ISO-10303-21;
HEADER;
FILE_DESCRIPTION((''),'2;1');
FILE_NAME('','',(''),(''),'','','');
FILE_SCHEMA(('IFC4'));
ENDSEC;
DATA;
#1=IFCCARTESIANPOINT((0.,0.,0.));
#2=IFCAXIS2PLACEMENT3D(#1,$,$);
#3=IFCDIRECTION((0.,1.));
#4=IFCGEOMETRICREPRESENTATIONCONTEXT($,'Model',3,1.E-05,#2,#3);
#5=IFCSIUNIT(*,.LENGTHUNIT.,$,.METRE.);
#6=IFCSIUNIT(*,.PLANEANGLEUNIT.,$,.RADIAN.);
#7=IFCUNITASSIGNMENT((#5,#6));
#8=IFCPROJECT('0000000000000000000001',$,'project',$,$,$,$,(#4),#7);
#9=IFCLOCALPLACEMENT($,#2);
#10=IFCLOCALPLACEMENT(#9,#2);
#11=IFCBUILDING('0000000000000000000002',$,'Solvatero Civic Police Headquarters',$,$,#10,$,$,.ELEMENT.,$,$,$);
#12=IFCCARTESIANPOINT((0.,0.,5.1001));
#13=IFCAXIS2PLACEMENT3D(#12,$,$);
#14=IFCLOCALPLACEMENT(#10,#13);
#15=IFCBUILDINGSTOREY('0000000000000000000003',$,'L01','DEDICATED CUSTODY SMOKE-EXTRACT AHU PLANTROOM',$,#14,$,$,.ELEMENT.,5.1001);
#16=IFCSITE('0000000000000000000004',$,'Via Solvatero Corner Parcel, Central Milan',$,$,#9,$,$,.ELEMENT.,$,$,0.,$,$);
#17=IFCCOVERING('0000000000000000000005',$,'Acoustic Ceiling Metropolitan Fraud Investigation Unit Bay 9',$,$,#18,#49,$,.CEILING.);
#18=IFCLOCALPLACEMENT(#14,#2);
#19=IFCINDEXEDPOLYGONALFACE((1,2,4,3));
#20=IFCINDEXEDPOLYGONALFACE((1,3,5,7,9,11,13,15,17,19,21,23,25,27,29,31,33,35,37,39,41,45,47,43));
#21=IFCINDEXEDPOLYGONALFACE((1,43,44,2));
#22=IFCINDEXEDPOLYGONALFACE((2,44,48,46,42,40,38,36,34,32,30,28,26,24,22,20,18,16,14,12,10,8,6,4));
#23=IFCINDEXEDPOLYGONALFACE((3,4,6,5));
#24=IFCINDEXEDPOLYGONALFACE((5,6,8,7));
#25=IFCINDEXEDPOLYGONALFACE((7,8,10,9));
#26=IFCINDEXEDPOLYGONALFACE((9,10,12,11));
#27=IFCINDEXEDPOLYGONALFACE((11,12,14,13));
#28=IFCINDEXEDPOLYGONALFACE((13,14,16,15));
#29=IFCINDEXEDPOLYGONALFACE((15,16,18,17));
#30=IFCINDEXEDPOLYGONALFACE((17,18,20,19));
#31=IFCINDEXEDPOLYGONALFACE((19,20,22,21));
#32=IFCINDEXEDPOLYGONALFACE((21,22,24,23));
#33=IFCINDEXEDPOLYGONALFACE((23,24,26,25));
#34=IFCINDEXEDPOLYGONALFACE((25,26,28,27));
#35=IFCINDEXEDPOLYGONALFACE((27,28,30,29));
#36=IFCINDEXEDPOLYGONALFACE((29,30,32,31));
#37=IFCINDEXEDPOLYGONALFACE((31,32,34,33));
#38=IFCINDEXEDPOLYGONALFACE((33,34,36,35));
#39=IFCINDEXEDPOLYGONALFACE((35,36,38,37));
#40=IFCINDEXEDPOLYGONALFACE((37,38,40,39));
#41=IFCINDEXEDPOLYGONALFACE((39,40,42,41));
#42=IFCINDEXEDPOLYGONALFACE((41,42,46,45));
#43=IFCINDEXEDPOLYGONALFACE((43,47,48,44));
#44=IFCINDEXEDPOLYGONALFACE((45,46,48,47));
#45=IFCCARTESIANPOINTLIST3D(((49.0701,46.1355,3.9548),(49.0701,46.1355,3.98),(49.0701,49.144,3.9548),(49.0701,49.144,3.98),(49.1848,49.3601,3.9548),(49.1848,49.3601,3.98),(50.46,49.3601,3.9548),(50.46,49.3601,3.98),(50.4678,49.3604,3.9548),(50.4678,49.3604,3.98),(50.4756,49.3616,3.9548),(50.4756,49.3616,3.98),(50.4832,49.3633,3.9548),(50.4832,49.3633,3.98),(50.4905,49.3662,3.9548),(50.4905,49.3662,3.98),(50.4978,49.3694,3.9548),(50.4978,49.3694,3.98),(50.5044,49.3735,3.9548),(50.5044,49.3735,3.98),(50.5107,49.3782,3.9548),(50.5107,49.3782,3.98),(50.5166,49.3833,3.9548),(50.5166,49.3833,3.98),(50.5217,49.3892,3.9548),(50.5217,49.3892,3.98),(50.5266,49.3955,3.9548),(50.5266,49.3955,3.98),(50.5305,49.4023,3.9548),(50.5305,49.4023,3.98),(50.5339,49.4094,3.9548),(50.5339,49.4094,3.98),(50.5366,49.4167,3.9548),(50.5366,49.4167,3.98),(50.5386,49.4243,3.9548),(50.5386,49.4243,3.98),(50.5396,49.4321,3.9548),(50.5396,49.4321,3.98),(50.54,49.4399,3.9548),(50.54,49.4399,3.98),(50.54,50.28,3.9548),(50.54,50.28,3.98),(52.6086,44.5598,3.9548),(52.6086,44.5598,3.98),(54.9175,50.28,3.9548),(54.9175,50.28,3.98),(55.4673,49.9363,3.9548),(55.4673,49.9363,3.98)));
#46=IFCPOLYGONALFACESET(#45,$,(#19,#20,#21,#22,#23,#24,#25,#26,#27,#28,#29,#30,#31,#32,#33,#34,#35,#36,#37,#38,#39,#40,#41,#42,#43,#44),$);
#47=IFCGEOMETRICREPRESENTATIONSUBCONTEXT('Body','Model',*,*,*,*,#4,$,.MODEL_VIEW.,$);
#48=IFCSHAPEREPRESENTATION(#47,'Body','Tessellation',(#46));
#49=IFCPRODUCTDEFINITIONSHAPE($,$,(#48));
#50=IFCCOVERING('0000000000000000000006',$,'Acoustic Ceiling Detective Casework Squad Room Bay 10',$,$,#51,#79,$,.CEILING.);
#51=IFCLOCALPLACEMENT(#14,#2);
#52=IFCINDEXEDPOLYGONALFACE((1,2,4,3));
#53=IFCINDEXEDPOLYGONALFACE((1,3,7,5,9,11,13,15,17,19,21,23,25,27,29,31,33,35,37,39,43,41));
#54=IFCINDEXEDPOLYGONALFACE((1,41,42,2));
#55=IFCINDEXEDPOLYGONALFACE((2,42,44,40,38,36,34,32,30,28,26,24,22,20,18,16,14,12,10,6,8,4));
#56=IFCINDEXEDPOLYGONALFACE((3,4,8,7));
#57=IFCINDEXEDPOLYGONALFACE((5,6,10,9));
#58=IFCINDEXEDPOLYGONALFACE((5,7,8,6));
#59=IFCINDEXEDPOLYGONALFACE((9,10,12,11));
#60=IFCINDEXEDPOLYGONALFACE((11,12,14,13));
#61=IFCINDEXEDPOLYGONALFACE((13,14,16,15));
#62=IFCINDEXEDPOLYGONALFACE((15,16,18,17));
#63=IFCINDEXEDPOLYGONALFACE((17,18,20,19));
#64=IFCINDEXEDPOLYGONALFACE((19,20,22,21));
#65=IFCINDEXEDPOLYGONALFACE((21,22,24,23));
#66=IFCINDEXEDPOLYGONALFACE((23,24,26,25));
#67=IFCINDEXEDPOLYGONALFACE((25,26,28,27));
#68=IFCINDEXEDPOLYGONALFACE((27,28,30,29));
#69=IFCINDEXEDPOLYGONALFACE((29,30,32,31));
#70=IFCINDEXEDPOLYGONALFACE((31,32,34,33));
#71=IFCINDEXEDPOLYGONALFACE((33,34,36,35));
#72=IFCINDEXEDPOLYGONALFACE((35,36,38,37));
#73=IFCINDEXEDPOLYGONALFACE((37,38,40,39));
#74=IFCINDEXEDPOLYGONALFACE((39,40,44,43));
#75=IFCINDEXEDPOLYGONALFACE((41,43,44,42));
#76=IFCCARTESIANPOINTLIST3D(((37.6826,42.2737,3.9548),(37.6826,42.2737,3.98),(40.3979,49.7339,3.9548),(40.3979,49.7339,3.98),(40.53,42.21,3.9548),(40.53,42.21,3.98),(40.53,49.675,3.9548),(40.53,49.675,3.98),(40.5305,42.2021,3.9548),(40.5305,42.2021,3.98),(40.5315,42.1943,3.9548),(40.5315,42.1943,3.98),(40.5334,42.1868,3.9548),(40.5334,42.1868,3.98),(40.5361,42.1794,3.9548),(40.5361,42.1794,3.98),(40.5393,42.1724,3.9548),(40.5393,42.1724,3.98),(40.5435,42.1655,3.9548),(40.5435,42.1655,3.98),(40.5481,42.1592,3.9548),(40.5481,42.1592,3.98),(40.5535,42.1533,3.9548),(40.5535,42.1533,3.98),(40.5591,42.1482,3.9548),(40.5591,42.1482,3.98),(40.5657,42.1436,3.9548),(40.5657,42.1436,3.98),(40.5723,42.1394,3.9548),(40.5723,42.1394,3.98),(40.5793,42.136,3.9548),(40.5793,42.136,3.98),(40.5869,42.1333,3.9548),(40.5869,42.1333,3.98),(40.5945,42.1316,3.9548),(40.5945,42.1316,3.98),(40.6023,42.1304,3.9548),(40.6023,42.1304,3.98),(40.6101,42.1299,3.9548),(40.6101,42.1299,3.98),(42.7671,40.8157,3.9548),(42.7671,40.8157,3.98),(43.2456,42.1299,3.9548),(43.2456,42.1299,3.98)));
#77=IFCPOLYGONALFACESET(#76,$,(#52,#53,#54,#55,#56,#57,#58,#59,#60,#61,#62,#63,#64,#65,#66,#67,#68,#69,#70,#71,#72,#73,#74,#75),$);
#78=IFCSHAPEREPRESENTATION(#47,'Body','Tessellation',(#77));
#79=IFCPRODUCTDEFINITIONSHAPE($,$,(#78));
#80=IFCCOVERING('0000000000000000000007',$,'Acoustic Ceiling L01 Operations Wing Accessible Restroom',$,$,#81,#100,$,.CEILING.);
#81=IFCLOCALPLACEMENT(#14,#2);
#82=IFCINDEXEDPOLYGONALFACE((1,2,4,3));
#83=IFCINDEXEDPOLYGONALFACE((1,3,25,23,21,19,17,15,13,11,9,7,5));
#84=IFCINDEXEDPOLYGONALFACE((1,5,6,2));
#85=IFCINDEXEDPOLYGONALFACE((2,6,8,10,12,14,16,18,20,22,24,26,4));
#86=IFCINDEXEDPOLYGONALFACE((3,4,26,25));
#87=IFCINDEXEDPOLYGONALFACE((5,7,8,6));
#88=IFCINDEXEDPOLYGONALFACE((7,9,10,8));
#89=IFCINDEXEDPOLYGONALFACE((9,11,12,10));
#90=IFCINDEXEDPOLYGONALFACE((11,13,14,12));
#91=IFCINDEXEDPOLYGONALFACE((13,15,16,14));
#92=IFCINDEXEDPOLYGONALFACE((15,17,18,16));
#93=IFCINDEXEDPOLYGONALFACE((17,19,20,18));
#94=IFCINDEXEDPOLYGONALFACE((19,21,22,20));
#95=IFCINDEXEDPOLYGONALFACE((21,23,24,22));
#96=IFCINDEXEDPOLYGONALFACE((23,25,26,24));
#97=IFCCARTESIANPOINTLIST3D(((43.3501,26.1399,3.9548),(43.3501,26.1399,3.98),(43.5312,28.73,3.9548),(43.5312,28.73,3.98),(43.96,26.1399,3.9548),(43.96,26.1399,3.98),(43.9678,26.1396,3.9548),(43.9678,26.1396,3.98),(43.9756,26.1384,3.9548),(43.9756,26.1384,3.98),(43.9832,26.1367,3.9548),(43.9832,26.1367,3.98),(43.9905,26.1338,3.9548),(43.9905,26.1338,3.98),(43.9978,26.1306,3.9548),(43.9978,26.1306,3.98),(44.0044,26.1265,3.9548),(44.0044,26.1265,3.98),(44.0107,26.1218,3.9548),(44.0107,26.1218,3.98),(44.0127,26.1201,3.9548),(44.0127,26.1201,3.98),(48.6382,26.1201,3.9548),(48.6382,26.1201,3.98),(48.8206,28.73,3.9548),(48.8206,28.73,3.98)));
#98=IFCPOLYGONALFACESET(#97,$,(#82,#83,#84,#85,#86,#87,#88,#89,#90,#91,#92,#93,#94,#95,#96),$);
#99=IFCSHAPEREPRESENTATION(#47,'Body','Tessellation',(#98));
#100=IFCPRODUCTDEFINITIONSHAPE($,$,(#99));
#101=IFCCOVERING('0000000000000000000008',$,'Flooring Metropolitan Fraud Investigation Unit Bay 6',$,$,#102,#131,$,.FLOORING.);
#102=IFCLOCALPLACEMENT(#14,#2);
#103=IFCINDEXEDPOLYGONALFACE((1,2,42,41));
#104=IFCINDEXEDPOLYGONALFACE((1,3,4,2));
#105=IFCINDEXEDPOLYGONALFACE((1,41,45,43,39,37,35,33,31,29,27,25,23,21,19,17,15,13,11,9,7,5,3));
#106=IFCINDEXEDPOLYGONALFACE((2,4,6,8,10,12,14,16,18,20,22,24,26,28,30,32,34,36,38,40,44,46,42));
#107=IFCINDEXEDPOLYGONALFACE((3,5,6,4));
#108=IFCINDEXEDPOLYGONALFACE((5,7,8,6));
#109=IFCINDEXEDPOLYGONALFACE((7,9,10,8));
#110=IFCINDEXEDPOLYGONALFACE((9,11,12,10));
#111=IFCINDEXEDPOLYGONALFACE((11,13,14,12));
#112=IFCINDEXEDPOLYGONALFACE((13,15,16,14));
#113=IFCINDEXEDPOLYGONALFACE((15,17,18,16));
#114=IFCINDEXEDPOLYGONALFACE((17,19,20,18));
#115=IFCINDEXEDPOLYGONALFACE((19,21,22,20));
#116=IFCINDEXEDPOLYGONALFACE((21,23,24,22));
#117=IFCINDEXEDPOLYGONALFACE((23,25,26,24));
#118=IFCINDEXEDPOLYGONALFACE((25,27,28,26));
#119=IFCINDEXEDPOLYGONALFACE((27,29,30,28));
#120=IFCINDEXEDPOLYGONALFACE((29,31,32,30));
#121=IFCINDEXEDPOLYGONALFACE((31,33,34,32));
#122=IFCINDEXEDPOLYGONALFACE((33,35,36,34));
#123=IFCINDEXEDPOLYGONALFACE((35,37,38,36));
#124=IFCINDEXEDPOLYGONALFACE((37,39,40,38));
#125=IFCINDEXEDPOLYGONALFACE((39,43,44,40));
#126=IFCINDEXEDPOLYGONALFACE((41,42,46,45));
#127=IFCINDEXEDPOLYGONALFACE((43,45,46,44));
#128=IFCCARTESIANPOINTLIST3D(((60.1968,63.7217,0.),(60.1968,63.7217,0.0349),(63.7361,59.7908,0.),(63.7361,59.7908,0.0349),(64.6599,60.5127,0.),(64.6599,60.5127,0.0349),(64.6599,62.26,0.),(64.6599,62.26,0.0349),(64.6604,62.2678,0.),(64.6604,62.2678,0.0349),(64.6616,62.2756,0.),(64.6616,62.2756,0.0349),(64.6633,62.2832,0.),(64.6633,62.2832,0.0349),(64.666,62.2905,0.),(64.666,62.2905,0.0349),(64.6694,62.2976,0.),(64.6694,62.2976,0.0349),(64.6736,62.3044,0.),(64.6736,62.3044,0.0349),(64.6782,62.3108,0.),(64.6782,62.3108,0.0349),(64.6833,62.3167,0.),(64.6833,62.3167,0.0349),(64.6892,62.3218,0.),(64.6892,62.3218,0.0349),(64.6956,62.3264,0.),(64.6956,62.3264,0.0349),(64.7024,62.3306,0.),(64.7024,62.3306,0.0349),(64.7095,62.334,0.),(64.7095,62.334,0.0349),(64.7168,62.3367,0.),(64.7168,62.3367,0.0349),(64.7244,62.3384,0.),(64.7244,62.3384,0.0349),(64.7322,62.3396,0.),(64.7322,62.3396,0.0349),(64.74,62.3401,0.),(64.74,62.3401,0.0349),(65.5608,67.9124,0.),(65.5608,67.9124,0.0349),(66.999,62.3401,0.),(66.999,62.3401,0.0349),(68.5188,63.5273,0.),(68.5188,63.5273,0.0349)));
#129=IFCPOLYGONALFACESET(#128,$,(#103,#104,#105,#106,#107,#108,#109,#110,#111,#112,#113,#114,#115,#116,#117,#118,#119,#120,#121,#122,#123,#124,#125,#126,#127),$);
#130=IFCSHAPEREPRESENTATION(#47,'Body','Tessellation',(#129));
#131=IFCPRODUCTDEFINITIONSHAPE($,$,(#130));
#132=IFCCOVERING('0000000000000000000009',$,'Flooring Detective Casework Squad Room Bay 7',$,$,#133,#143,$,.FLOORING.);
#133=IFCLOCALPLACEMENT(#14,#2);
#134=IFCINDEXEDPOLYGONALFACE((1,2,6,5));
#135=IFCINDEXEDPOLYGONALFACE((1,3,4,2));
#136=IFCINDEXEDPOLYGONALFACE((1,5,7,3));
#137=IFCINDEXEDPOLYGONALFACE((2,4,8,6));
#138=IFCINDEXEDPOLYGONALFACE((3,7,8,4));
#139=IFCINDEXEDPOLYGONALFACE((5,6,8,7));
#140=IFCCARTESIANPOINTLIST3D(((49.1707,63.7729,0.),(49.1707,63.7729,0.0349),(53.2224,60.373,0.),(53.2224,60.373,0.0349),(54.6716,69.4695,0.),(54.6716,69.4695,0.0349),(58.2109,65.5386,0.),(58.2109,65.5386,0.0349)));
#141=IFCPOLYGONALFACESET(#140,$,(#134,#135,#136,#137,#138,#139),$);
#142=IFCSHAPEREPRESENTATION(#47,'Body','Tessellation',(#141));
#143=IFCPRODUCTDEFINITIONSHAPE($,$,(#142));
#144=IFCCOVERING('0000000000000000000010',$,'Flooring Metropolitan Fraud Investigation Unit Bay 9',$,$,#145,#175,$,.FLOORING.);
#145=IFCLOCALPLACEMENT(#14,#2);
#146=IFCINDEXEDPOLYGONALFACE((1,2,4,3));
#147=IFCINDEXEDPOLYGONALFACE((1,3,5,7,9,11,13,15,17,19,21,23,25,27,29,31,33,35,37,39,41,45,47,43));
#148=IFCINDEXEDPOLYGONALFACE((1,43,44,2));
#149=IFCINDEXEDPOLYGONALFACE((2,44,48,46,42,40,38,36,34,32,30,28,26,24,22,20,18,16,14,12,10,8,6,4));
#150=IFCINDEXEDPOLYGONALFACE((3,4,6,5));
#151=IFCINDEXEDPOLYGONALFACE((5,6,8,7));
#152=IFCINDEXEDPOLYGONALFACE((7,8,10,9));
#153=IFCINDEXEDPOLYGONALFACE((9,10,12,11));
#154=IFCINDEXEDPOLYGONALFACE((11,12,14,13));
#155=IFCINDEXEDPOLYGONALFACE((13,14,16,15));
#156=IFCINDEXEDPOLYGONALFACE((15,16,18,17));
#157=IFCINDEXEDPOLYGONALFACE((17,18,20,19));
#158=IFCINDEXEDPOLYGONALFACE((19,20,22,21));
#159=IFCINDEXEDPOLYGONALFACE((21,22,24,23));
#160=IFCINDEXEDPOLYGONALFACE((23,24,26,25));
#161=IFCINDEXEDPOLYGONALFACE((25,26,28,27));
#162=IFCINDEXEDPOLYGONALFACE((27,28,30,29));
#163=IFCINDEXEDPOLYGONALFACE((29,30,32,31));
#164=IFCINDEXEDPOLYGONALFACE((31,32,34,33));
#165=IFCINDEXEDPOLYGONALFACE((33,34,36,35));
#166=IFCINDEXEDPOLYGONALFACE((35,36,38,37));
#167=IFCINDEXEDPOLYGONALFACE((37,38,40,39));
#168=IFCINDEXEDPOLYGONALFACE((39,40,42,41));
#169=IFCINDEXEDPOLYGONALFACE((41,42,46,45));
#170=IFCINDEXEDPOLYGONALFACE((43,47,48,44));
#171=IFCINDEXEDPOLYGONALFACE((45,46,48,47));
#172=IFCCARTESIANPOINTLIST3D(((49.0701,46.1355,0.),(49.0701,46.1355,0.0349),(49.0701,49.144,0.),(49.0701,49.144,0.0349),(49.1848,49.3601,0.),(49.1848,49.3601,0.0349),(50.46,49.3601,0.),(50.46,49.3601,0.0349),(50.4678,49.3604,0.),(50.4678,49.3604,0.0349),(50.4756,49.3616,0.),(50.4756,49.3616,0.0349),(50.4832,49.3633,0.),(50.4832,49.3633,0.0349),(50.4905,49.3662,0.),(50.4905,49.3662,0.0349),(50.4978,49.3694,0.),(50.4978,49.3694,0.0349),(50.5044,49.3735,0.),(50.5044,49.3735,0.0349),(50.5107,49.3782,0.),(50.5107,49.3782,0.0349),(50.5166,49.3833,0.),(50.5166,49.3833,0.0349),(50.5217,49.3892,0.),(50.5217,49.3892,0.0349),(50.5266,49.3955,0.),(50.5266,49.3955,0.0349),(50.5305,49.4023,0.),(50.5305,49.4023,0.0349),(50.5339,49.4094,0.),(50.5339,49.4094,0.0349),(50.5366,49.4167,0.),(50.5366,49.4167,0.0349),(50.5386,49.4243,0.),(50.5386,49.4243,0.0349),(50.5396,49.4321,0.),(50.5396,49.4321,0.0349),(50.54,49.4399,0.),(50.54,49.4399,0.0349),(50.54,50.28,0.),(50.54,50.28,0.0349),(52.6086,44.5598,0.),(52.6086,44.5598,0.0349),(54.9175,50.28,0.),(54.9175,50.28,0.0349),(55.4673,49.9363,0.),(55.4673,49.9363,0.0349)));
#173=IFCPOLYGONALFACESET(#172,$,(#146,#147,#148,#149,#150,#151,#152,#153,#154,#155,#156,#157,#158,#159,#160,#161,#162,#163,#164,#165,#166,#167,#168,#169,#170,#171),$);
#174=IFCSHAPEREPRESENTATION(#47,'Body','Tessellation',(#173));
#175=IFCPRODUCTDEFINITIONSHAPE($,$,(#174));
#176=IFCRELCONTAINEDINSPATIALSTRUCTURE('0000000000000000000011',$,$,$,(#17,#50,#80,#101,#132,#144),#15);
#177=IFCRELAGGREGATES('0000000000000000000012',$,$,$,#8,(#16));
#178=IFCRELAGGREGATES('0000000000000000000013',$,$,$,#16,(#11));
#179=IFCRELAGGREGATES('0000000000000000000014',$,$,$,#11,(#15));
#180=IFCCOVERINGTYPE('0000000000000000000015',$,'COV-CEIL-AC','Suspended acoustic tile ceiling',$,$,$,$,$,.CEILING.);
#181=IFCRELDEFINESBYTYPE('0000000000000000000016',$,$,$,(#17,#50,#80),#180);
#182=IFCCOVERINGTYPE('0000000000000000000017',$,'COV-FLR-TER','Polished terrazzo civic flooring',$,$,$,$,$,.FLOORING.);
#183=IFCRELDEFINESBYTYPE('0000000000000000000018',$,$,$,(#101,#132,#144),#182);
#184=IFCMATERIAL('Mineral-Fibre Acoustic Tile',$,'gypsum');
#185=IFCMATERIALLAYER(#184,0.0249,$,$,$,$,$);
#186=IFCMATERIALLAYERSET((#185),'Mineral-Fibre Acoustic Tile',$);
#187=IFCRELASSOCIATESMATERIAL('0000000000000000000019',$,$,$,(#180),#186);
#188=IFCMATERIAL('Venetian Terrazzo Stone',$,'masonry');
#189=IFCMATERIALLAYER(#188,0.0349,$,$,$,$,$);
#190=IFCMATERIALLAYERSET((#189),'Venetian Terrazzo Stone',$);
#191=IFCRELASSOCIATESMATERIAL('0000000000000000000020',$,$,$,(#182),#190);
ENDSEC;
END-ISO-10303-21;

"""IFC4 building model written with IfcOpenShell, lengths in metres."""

from ifc_helpers import new_model, si_unit, direction, frame, origin, place, context, subcontext, project, spatial, polyline, outline, extrude, material, layer, layer_set, type_object, element, save


model = new_model("IFC4")

# Units and contexts
model_context = context("Model", 3, precision=1e-05, world=origin(), true_north=direction((0.0, 1.0)))
body_context = subcontext(model_context, "Body", "Model", "MODEL_VIEW")
ifc_project = project(units=[si_unit("LENGTHUNIT", "METRE"), si_unit("PLANEANGLEUNIT", "RADIAN")], contexts=[model_context])

# Site, building, storey
site_placement = place(None, origin())
site = spatial("IfcSite", under=ifc_project, at=site_placement, Name="Via Solvatero Corner Parcel, Central Milan", CompositionType="ELEMENT", RefElevation=0.0)
building_placement = place(site_placement, origin())
building = spatial("IfcBuilding", under=site, at=building_placement, Name="Solvatero Civic Police Headquarters", CompositionType="ELEMENT")
storey_placement = place(building_placement, frame((0.0, 0.0, 5.1001)))
storey = spatial("IfcBuildingStorey", under=building, at=storey_placement, Name="L01", Description="DEDICATED CUSTODY SMOKE-EXTRACT AHU PLANTROOM", CompositionType="ELEMENT", Elevation=5.1001)

# Coverings
ifc_material_1 = material(Name="Mineral-Fibre Acoustic Tile", Category="gypsum")
ifc_layer_1 = layer(ifc_material_1, 0.0249)
ifc_layer_set_1 = layer_set([ifc_layer_1], Name="Mineral-Fibre Acoustic Tile")
covering_type_1 = type_object("IfcCoveringType", Name="COV-CEIL-AC", Description="Suspended acoustic tile ceiling", PredefinedType="CEILING", material=ifc_layer_set_1)
covering_1_placement = place(storey_placement, frame((0.0, 0.0, 3.9548)))
element("IfcCovering", 1, at=covering_1_placement, inside=storey, type_object=covering_type_1, Name="Acoustic Ceiling Metropolitan Fraud Investigation Unit Bay 9", PredefinedType="CEILING", context=body_context, shape_type="SweptSolid", body=[
    extrude(outline(polyline([(55.4673, 49.9363), (52.6086, 44.5598), (49.0701, 46.1355), (49.0701, 49.144), (49.1848, 49.3601), (50.46, 49.3601), (50.4678, 49.3604), (50.4756, 49.3616), (50.4832, 49.3633), (50.4905, 49.3662), (50.4978, 49.3694), (50.5044, 49.3735), (50.5107, 49.3782), (50.5166, 49.3833), (50.5217, 49.3892), (50.5266, 49.3955), (50.5305, 49.4023), (50.5339, 49.4094), (50.5366, 49.4167), (50.5386, 49.4243), (50.5396, 49.4321), (50.54, 49.4399), (50.54, 50.28), (54.9175, 50.28), (55.4673, 49.9363)])), origin(), (0.0, 0.0, 1.0), 0.0251),
])
covering_2_placement = place(storey_placement, frame((0.0, 0.0, 3.9548)))
element("IfcCovering", 2, at=covering_2_placement, inside=storey, type_object=covering_type_1, Name="Acoustic Ceiling Detective Casework Squad Room Bay 10", PredefinedType="CEILING", context=body_context, shape_type="SweptSolid", body=[
    extrude(outline(polyline([(40.53, 49.675), (40.53, 42.21), (40.5305, 42.2021), (40.5315, 42.1943), (40.5334, 42.1868), (40.5361, 42.1794), (40.5393, 42.1724), (40.5435, 42.1655), (40.5481, 42.1592), (40.5535, 42.1533), (40.5591, 42.1482), (40.5657, 42.1436), (40.5723, 42.1394), (40.5793, 42.136), (40.5869, 42.1333), (40.5945, 42.1316), (40.6023, 42.1304), (40.6101, 42.1299), (43.2456, 42.1299), (42.7671, 40.8157), (37.6826, 42.2737), (40.3979, 49.7339), (40.53, 49.675)])), origin(), (0.0, 0.0, 1.0), 0.0251),
])
covering_3_placement = place(storey_placement, frame((0.0, 0.0, 3.9548)))
element("IfcCovering", 3, at=covering_3_placement, inside=storey, type_object=covering_type_1, Name="Acoustic Ceiling L01 Operations Wing Accessible Restroom", PredefinedType="CEILING", context=body_context, shape_type="SweptSolid", body=[
    extrude(outline(polyline([(44.0127, 26.1201), (44.0107, 26.1218), (44.0044, 26.1265), (43.9978, 26.1306), (43.9905, 26.1338), (43.9832, 26.1367), (43.9756, 26.1384), (43.9678, 26.1396), (43.96, 26.1399), (43.3501, 26.1399), (43.5312, 28.73), (48.8206, 28.73), (48.6382, 26.1201), (44.0127, 26.1201)])), origin(), (0.0, 0.0, 1.0), 0.0251),
])
ifc_material_2 = material(Name="Venetian Terrazzo Stone", Category="masonry")
ifc_layer_2 = layer(ifc_material_2, 0.0349)
ifc_layer_set_2 = layer_set([ifc_layer_2], Name="Venetian Terrazzo Stone")
covering_type_2 = type_object("IfcCoveringType", Name="COV-FLR-TER", Description="Polished terrazzo civic flooring", PredefinedType="FLOORING", material=ifc_layer_set_2)
covering_4_placement = place(storey_placement, origin())
element("IfcCovering", 4, at=covering_4_placement, inside=storey, type_object=covering_type_2, Name="Flooring Metropolitan Fraud Investigation Unit Bay 6", PredefinedType="FLOORING", context=body_context, shape_type="SweptSolid", body=[
    extrude(outline(polyline([(63.7361, 59.7908), (60.1968, 63.7217), (65.5608, 67.9124), (68.5188, 63.5273), (66.999, 62.3401), (64.74, 62.3401), (64.7322, 62.3396), (64.7244, 62.3384), (64.7168, 62.3367), (64.7095, 62.334), (64.7024, 62.3306), (64.6956, 62.3264), (64.6892, 62.3218), (64.6833, 62.3167), (64.6782, 62.3108), (64.6736, 62.3044), (64.6694, 62.2976), (64.666, 62.2905), (64.6633, 62.2832), (64.6616, 62.2756), (64.6604, 62.2678), (64.6599, 62.26), (64.6599, 60.5127), (63.7361, 59.7908)])), origin(), (0.0, 0.0, 1.0), 0.0349),
])
covering_5_placement = place(storey_placement, origin())
element("IfcCovering", 5, at=covering_5_placement, inside=storey, type_object=covering_type_2, Name="Flooring Detective Casework Squad Room Bay 7", PredefinedType="FLOORING", context=body_context, shape_type="SweptSolid", body=[
    extrude(outline(polyline([(53.2224, 60.373), (49.1707, 63.7729), (54.6716, 69.4695), (58.2109, 65.5386), (53.2224, 60.373)])), origin(), (0.0, 0.0, 1.0), 0.0349),
])
covering_6_placement = place(storey_placement, origin())
element("IfcCovering", 6, at=covering_6_placement, inside=storey, type_object=covering_type_2, Name="Flooring Metropolitan Fraud Investigation Unit Bay 9", PredefinedType="FLOORING", context=body_context, shape_type="SweptSolid", body=[
    extrude(outline(polyline([(55.4673, 49.9363), (52.6086, 44.5598), (49.0701, 46.1355), (49.0701, 49.144), (49.1848, 49.3601), (50.46, 49.3601), (50.4678, 49.3604), (50.4756, 49.3616), (50.4832, 49.3633), (50.4905, 49.3662), (50.4978, 49.3694), (50.5044, 49.3735), (50.5107, 49.3782), (50.5166, 49.3833), (50.5217, 49.3892), (50.5266, 49.3955), (50.5305, 49.4023), (50.5339, 49.4094), (50.5366, 49.4167), (50.5386, 49.4243), (50.5396, 49.4321), (50.54, 49.4399), (50.54, 50.28), (54.9175, 50.28), (55.4673, 49.9363)])), origin(), (0.0, 0.0, 1.0), 0.0349),
])

save(model, "model.ifc")
